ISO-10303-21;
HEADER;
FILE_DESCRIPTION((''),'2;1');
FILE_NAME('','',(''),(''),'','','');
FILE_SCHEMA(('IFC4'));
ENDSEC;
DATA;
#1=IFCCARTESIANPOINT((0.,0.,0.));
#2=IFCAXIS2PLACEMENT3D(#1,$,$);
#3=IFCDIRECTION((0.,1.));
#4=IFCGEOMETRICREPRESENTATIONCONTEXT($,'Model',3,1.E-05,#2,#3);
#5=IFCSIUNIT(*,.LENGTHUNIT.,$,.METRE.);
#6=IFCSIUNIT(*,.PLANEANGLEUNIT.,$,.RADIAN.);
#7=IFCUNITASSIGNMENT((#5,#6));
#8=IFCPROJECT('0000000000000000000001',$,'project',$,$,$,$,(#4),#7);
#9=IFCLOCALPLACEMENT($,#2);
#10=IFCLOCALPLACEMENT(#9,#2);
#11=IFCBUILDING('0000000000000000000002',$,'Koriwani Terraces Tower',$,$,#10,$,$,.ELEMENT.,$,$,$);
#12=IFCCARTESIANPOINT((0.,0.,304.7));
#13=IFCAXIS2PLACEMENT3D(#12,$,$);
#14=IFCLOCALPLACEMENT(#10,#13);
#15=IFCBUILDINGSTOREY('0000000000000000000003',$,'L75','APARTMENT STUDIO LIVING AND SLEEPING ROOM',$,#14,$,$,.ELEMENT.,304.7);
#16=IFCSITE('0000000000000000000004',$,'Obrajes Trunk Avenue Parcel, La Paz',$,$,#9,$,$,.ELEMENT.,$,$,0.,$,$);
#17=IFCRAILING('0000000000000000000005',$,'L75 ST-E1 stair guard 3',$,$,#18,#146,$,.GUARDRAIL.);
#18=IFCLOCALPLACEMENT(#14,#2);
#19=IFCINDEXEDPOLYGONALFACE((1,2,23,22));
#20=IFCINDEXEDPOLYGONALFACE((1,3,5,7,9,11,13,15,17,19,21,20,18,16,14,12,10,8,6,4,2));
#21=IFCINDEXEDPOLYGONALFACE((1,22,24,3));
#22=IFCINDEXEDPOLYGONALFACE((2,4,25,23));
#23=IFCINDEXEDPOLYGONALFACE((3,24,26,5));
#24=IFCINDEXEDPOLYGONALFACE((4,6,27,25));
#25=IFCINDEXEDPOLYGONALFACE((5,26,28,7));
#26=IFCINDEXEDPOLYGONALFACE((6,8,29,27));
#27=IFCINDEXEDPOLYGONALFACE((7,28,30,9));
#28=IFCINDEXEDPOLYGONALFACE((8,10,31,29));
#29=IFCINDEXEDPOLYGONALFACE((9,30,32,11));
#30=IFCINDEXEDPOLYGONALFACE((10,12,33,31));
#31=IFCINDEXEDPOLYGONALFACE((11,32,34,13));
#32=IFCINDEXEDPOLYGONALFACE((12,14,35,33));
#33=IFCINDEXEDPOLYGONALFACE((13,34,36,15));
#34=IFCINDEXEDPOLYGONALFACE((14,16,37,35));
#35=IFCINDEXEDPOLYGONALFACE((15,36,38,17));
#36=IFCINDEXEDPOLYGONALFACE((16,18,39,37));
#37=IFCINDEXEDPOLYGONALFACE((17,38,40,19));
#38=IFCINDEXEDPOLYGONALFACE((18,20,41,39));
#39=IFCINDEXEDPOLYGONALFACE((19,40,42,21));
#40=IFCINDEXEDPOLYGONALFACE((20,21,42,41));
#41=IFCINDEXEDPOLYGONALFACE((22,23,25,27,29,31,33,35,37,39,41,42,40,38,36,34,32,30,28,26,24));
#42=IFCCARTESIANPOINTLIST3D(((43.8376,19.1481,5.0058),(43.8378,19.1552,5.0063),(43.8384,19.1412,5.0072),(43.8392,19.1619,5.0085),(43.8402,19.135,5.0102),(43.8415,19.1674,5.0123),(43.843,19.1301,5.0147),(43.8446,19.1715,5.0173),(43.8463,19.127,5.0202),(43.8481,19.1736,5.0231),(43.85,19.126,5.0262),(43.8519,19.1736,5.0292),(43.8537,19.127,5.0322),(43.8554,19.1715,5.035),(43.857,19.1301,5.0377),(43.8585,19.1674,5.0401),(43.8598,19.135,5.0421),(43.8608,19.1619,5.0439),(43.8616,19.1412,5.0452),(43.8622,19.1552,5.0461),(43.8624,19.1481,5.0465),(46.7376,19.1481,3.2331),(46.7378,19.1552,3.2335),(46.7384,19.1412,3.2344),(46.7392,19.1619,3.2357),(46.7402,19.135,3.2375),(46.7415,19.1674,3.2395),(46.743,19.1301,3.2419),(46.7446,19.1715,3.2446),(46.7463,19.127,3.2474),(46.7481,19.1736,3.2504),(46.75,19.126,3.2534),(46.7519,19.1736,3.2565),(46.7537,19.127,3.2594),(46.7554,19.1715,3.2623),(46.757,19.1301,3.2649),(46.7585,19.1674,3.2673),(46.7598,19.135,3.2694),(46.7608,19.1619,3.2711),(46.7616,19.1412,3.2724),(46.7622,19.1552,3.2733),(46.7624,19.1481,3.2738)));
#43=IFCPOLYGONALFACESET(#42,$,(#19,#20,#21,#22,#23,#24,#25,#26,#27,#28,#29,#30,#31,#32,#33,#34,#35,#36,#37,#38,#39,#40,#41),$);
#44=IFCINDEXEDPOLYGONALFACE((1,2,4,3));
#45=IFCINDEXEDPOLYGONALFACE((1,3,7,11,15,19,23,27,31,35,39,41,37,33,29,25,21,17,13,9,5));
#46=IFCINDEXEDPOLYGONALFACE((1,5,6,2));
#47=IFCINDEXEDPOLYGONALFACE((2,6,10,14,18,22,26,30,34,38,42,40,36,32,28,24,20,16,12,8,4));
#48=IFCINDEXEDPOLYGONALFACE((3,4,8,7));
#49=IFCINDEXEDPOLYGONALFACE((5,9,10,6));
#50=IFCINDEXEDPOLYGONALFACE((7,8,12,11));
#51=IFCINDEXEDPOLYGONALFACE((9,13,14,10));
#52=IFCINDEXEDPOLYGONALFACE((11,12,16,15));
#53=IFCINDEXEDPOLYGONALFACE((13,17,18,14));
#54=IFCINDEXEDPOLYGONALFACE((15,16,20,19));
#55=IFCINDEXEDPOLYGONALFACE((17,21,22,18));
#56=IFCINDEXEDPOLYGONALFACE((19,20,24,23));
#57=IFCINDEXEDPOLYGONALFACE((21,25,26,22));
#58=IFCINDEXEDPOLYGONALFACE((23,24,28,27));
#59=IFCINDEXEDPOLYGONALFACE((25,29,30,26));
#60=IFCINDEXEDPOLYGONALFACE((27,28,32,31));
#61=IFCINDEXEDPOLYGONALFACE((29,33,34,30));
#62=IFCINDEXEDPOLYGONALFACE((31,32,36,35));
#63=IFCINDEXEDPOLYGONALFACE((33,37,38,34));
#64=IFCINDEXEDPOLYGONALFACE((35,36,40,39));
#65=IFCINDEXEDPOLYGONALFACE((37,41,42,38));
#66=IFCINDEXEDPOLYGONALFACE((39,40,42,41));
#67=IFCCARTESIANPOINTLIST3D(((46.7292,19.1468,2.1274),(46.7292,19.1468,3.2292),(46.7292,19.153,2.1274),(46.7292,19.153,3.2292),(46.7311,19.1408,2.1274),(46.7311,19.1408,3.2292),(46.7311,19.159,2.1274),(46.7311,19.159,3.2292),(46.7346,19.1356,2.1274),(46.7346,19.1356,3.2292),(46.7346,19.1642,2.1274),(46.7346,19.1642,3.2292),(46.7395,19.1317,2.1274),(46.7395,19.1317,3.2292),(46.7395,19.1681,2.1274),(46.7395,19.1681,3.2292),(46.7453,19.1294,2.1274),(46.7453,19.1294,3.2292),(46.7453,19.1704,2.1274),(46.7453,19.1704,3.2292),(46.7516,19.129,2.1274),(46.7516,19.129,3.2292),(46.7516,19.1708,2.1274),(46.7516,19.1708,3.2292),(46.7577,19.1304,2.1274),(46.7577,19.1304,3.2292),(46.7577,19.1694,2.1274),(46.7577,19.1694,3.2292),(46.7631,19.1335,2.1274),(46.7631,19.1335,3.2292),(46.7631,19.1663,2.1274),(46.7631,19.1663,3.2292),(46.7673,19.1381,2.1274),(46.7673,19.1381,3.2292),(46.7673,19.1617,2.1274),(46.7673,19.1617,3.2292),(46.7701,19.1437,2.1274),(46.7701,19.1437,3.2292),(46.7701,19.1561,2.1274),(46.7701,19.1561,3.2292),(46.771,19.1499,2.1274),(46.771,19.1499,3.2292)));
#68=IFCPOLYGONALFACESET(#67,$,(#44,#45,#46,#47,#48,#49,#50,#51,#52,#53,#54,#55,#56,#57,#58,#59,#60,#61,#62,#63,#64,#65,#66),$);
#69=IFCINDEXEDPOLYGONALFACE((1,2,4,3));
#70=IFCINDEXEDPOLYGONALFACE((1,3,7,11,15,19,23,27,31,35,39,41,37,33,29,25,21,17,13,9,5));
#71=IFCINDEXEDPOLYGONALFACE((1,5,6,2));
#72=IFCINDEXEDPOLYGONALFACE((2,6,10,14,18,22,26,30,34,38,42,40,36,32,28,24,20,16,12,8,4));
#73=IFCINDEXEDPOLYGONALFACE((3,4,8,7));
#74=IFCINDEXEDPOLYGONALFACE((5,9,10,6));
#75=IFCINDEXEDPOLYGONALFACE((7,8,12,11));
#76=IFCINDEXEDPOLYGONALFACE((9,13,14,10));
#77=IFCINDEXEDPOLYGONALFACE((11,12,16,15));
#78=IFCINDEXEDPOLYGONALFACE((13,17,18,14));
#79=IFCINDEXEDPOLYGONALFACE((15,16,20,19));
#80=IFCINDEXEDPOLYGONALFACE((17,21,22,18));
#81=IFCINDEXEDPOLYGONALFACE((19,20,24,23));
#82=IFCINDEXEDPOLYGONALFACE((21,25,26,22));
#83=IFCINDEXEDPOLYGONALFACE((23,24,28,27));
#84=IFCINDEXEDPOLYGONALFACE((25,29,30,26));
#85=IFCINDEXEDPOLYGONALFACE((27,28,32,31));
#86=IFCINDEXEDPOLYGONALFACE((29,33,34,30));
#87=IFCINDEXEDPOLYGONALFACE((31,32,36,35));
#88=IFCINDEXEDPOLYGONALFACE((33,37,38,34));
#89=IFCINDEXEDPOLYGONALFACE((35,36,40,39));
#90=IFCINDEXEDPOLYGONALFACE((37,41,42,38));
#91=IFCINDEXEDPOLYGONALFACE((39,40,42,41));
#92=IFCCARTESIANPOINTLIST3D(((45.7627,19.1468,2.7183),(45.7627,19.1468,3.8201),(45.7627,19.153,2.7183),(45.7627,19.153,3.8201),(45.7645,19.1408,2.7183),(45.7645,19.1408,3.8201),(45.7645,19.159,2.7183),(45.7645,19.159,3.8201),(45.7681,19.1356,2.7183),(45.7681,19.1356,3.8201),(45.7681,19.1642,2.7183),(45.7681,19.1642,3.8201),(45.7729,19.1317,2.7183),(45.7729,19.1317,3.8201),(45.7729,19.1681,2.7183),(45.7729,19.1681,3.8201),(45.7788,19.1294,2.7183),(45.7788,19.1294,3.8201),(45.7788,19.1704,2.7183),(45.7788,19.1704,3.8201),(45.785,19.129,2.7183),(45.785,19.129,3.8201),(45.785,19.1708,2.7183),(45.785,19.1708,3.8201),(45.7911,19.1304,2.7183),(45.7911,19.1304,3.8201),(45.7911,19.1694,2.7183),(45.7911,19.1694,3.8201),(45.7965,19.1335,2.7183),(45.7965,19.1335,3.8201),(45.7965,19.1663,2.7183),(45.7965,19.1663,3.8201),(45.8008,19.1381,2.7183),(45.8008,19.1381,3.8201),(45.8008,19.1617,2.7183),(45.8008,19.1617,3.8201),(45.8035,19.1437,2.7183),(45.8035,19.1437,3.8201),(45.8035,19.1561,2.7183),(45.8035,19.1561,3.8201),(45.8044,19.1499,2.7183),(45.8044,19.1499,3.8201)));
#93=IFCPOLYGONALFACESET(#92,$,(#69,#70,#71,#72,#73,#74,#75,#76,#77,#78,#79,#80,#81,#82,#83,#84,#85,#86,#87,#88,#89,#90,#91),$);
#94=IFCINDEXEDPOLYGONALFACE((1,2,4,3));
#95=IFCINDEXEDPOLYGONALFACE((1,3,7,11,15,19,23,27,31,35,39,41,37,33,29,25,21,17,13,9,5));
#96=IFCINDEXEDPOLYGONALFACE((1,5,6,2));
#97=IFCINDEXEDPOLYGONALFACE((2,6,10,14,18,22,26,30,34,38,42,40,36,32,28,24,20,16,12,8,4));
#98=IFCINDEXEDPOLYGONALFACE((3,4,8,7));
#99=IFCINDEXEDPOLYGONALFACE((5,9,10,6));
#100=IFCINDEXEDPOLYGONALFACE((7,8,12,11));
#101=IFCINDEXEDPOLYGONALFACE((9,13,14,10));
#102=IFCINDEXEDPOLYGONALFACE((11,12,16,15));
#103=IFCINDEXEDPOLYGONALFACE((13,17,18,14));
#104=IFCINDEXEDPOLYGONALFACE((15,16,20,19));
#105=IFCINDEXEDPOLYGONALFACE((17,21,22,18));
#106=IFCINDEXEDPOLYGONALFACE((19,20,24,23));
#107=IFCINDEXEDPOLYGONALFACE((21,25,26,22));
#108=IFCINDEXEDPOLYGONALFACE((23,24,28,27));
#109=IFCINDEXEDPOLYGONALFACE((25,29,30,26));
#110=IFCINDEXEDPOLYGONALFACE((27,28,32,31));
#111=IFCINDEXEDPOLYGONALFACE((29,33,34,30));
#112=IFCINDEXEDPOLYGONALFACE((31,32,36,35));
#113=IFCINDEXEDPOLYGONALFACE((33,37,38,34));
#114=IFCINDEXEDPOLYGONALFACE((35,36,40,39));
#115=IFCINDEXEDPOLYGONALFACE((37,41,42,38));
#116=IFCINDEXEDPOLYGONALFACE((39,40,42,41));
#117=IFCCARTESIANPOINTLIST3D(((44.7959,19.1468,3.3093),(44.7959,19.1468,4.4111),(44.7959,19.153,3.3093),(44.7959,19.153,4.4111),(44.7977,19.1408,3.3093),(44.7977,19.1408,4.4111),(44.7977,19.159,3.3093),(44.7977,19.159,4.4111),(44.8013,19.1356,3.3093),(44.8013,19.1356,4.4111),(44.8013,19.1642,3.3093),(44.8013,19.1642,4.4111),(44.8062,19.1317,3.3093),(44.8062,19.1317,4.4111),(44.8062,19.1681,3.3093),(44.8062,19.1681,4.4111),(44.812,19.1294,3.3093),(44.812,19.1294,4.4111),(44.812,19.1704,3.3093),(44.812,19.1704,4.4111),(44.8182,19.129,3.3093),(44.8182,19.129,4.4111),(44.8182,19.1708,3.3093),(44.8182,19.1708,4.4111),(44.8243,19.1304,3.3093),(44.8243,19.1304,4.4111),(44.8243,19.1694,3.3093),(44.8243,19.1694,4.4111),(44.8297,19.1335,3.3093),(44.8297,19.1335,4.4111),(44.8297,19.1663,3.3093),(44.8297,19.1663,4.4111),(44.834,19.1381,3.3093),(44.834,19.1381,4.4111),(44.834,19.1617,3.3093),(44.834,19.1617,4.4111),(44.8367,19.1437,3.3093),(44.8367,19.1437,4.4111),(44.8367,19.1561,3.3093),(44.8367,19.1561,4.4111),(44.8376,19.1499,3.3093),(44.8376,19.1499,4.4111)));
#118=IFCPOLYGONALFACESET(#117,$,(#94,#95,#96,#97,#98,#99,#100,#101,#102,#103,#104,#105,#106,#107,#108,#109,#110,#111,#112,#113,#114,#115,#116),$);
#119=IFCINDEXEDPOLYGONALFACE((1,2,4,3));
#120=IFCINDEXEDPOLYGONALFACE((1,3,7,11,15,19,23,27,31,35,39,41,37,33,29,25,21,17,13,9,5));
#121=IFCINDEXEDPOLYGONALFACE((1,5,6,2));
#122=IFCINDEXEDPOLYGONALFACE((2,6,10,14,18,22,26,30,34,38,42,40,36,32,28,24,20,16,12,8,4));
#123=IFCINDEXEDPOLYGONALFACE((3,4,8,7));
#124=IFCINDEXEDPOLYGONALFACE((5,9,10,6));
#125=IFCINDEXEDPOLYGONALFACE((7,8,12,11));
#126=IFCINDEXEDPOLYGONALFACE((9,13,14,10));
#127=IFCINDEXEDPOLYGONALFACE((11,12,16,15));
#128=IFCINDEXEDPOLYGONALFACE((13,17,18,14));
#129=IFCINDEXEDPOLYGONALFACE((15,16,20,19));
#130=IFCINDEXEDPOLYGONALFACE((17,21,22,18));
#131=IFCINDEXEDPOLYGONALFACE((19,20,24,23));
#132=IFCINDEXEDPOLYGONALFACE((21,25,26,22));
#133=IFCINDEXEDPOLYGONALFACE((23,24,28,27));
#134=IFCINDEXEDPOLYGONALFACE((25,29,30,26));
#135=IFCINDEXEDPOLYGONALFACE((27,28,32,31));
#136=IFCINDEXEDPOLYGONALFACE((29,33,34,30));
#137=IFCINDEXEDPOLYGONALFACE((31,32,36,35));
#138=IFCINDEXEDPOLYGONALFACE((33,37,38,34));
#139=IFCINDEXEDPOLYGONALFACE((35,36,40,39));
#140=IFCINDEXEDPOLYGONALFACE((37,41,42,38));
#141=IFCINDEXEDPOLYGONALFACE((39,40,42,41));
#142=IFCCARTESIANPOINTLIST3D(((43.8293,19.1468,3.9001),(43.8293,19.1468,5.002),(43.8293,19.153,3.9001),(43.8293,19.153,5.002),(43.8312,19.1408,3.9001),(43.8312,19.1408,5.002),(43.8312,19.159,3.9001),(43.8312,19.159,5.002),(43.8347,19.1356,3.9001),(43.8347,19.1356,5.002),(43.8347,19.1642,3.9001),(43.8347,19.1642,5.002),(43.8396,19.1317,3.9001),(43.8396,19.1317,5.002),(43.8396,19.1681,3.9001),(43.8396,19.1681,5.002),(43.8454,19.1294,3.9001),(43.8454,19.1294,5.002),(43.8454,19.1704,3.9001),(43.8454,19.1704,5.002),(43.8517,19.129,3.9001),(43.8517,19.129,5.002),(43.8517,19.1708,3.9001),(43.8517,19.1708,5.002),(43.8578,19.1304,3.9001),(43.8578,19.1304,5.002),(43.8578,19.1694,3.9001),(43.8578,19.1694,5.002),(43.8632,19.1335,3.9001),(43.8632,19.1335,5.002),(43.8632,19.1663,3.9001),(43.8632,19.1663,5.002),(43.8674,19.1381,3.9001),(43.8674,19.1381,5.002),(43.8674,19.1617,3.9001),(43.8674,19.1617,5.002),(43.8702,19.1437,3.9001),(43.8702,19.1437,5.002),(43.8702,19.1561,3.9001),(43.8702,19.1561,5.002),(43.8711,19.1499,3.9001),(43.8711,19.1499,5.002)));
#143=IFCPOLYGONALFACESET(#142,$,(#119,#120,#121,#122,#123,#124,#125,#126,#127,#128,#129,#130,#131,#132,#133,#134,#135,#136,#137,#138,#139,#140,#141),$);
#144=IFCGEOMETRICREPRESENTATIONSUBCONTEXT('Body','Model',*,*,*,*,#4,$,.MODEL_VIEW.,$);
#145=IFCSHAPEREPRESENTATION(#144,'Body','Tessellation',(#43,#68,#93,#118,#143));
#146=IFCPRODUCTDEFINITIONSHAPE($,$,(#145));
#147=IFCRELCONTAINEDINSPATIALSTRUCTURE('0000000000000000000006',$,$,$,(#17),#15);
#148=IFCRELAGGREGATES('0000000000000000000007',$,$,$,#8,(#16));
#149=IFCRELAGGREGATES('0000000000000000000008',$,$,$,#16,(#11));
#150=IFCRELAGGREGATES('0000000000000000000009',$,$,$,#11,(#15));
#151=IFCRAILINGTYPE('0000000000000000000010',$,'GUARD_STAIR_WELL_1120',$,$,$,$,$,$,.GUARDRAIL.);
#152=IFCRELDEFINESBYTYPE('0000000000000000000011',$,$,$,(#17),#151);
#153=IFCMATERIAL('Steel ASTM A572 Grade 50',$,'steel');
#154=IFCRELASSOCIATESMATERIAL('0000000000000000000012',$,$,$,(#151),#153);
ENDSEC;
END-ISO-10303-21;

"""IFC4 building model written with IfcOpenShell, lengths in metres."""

from ifc_helpers import new_model, si_unit, direction, frame, origin, origin_2d, place, context, subcontext, project, spatial, circle, extrude, material, type_object, element, save


model = new_model("IFC4")

# Units and contexts
model_context = context("Model", 3, precision=1e-05, world=origin(), true_north=direction((0.0, 1.0)))
body_context = subcontext(model_context, "Body", "Model", "MODEL_VIEW")
ifc_project = project(units=[si_unit("LENGTHUNIT", "METRE"), si_unit("PLANEANGLEUNIT", "RADIAN")], contexts=[model_context])

# Site, building, storey
site_placement = place(None, origin())
site = spatial("IfcSite", under=ifc_project, at=site_placement, Name="Obrajes Trunk Avenue Parcel, La Paz", CompositionType="ELEMENT", RefElevation=0.0)
building_placement = place(site_placement, origin())
building = spatial("IfcBuilding", under=site, at=building_placement, Name="Koriwani Terraces Tower", CompositionType="ELEMENT")
storey_placement = place(building_placement, frame((0.0, 0.0, 304.7)))
storey = spatial("IfcBuildingStorey", under=building, at=storey_placement, Name="L75", Description="APARTMENT STUDIO LIVING AND SLEEPING ROOM", CompositionType="ELEMENT", Elevation=304.7)

# Shared definitions
ifc_material_1 = material(Name="Steel ASTM A572 Grade 50", Category="steel")

# Railing
railing_type_1 = type_object("IfcRailingType", Name="GUARD_STAIR_WELL_1120", PredefinedType="GUARDRAIL", material=ifc_material_1)
railing_1_placement = place(storey_placement, frame((46.75, 19.1499, 2.1274)))
element("IfcRailing", 1, at=railing_1_placement, inside=storey, type_object=railing_type_1, Name="L75 ST-E1 stair guard 3", PredefinedType="GUARDRAIL", context=body_context, shape_type="SweptSolid", body=[
    extrude(circle(Radius=0.0239, at=origin_2d()), frame((0.0, 0.0, 1.126), z_axis=(-0.853211, 0.0, 0.521566), x_axis=(0.0, -1.0, 0.0)), (0.0, 0.0, 1.0), 3.3989),
    extrude(circle(Radius=0.021, at=origin_2d()), origin(), (0.0, 0.0, 1.0), 1.1018),
    extrude(circle(Radius=0.021, at=origin_2d()), frame((-0.9666, 0.0, 0.5908)), (0.0, 0.0, 1.0), 1.1018),
    extrude(circle(Radius=0.021, at=origin_2d()), frame((-1.9333, 0.0, 1.1819)), (0.0, 0.0, 1.0), 1.1018),
    extrude(circle(Radius=0.021, at=origin_2d()), frame((-2.8999, 0.0, 1.7727)), (0.0, 0.0, 1.0), 1.1018),
])

save(model, "model.ifc")
